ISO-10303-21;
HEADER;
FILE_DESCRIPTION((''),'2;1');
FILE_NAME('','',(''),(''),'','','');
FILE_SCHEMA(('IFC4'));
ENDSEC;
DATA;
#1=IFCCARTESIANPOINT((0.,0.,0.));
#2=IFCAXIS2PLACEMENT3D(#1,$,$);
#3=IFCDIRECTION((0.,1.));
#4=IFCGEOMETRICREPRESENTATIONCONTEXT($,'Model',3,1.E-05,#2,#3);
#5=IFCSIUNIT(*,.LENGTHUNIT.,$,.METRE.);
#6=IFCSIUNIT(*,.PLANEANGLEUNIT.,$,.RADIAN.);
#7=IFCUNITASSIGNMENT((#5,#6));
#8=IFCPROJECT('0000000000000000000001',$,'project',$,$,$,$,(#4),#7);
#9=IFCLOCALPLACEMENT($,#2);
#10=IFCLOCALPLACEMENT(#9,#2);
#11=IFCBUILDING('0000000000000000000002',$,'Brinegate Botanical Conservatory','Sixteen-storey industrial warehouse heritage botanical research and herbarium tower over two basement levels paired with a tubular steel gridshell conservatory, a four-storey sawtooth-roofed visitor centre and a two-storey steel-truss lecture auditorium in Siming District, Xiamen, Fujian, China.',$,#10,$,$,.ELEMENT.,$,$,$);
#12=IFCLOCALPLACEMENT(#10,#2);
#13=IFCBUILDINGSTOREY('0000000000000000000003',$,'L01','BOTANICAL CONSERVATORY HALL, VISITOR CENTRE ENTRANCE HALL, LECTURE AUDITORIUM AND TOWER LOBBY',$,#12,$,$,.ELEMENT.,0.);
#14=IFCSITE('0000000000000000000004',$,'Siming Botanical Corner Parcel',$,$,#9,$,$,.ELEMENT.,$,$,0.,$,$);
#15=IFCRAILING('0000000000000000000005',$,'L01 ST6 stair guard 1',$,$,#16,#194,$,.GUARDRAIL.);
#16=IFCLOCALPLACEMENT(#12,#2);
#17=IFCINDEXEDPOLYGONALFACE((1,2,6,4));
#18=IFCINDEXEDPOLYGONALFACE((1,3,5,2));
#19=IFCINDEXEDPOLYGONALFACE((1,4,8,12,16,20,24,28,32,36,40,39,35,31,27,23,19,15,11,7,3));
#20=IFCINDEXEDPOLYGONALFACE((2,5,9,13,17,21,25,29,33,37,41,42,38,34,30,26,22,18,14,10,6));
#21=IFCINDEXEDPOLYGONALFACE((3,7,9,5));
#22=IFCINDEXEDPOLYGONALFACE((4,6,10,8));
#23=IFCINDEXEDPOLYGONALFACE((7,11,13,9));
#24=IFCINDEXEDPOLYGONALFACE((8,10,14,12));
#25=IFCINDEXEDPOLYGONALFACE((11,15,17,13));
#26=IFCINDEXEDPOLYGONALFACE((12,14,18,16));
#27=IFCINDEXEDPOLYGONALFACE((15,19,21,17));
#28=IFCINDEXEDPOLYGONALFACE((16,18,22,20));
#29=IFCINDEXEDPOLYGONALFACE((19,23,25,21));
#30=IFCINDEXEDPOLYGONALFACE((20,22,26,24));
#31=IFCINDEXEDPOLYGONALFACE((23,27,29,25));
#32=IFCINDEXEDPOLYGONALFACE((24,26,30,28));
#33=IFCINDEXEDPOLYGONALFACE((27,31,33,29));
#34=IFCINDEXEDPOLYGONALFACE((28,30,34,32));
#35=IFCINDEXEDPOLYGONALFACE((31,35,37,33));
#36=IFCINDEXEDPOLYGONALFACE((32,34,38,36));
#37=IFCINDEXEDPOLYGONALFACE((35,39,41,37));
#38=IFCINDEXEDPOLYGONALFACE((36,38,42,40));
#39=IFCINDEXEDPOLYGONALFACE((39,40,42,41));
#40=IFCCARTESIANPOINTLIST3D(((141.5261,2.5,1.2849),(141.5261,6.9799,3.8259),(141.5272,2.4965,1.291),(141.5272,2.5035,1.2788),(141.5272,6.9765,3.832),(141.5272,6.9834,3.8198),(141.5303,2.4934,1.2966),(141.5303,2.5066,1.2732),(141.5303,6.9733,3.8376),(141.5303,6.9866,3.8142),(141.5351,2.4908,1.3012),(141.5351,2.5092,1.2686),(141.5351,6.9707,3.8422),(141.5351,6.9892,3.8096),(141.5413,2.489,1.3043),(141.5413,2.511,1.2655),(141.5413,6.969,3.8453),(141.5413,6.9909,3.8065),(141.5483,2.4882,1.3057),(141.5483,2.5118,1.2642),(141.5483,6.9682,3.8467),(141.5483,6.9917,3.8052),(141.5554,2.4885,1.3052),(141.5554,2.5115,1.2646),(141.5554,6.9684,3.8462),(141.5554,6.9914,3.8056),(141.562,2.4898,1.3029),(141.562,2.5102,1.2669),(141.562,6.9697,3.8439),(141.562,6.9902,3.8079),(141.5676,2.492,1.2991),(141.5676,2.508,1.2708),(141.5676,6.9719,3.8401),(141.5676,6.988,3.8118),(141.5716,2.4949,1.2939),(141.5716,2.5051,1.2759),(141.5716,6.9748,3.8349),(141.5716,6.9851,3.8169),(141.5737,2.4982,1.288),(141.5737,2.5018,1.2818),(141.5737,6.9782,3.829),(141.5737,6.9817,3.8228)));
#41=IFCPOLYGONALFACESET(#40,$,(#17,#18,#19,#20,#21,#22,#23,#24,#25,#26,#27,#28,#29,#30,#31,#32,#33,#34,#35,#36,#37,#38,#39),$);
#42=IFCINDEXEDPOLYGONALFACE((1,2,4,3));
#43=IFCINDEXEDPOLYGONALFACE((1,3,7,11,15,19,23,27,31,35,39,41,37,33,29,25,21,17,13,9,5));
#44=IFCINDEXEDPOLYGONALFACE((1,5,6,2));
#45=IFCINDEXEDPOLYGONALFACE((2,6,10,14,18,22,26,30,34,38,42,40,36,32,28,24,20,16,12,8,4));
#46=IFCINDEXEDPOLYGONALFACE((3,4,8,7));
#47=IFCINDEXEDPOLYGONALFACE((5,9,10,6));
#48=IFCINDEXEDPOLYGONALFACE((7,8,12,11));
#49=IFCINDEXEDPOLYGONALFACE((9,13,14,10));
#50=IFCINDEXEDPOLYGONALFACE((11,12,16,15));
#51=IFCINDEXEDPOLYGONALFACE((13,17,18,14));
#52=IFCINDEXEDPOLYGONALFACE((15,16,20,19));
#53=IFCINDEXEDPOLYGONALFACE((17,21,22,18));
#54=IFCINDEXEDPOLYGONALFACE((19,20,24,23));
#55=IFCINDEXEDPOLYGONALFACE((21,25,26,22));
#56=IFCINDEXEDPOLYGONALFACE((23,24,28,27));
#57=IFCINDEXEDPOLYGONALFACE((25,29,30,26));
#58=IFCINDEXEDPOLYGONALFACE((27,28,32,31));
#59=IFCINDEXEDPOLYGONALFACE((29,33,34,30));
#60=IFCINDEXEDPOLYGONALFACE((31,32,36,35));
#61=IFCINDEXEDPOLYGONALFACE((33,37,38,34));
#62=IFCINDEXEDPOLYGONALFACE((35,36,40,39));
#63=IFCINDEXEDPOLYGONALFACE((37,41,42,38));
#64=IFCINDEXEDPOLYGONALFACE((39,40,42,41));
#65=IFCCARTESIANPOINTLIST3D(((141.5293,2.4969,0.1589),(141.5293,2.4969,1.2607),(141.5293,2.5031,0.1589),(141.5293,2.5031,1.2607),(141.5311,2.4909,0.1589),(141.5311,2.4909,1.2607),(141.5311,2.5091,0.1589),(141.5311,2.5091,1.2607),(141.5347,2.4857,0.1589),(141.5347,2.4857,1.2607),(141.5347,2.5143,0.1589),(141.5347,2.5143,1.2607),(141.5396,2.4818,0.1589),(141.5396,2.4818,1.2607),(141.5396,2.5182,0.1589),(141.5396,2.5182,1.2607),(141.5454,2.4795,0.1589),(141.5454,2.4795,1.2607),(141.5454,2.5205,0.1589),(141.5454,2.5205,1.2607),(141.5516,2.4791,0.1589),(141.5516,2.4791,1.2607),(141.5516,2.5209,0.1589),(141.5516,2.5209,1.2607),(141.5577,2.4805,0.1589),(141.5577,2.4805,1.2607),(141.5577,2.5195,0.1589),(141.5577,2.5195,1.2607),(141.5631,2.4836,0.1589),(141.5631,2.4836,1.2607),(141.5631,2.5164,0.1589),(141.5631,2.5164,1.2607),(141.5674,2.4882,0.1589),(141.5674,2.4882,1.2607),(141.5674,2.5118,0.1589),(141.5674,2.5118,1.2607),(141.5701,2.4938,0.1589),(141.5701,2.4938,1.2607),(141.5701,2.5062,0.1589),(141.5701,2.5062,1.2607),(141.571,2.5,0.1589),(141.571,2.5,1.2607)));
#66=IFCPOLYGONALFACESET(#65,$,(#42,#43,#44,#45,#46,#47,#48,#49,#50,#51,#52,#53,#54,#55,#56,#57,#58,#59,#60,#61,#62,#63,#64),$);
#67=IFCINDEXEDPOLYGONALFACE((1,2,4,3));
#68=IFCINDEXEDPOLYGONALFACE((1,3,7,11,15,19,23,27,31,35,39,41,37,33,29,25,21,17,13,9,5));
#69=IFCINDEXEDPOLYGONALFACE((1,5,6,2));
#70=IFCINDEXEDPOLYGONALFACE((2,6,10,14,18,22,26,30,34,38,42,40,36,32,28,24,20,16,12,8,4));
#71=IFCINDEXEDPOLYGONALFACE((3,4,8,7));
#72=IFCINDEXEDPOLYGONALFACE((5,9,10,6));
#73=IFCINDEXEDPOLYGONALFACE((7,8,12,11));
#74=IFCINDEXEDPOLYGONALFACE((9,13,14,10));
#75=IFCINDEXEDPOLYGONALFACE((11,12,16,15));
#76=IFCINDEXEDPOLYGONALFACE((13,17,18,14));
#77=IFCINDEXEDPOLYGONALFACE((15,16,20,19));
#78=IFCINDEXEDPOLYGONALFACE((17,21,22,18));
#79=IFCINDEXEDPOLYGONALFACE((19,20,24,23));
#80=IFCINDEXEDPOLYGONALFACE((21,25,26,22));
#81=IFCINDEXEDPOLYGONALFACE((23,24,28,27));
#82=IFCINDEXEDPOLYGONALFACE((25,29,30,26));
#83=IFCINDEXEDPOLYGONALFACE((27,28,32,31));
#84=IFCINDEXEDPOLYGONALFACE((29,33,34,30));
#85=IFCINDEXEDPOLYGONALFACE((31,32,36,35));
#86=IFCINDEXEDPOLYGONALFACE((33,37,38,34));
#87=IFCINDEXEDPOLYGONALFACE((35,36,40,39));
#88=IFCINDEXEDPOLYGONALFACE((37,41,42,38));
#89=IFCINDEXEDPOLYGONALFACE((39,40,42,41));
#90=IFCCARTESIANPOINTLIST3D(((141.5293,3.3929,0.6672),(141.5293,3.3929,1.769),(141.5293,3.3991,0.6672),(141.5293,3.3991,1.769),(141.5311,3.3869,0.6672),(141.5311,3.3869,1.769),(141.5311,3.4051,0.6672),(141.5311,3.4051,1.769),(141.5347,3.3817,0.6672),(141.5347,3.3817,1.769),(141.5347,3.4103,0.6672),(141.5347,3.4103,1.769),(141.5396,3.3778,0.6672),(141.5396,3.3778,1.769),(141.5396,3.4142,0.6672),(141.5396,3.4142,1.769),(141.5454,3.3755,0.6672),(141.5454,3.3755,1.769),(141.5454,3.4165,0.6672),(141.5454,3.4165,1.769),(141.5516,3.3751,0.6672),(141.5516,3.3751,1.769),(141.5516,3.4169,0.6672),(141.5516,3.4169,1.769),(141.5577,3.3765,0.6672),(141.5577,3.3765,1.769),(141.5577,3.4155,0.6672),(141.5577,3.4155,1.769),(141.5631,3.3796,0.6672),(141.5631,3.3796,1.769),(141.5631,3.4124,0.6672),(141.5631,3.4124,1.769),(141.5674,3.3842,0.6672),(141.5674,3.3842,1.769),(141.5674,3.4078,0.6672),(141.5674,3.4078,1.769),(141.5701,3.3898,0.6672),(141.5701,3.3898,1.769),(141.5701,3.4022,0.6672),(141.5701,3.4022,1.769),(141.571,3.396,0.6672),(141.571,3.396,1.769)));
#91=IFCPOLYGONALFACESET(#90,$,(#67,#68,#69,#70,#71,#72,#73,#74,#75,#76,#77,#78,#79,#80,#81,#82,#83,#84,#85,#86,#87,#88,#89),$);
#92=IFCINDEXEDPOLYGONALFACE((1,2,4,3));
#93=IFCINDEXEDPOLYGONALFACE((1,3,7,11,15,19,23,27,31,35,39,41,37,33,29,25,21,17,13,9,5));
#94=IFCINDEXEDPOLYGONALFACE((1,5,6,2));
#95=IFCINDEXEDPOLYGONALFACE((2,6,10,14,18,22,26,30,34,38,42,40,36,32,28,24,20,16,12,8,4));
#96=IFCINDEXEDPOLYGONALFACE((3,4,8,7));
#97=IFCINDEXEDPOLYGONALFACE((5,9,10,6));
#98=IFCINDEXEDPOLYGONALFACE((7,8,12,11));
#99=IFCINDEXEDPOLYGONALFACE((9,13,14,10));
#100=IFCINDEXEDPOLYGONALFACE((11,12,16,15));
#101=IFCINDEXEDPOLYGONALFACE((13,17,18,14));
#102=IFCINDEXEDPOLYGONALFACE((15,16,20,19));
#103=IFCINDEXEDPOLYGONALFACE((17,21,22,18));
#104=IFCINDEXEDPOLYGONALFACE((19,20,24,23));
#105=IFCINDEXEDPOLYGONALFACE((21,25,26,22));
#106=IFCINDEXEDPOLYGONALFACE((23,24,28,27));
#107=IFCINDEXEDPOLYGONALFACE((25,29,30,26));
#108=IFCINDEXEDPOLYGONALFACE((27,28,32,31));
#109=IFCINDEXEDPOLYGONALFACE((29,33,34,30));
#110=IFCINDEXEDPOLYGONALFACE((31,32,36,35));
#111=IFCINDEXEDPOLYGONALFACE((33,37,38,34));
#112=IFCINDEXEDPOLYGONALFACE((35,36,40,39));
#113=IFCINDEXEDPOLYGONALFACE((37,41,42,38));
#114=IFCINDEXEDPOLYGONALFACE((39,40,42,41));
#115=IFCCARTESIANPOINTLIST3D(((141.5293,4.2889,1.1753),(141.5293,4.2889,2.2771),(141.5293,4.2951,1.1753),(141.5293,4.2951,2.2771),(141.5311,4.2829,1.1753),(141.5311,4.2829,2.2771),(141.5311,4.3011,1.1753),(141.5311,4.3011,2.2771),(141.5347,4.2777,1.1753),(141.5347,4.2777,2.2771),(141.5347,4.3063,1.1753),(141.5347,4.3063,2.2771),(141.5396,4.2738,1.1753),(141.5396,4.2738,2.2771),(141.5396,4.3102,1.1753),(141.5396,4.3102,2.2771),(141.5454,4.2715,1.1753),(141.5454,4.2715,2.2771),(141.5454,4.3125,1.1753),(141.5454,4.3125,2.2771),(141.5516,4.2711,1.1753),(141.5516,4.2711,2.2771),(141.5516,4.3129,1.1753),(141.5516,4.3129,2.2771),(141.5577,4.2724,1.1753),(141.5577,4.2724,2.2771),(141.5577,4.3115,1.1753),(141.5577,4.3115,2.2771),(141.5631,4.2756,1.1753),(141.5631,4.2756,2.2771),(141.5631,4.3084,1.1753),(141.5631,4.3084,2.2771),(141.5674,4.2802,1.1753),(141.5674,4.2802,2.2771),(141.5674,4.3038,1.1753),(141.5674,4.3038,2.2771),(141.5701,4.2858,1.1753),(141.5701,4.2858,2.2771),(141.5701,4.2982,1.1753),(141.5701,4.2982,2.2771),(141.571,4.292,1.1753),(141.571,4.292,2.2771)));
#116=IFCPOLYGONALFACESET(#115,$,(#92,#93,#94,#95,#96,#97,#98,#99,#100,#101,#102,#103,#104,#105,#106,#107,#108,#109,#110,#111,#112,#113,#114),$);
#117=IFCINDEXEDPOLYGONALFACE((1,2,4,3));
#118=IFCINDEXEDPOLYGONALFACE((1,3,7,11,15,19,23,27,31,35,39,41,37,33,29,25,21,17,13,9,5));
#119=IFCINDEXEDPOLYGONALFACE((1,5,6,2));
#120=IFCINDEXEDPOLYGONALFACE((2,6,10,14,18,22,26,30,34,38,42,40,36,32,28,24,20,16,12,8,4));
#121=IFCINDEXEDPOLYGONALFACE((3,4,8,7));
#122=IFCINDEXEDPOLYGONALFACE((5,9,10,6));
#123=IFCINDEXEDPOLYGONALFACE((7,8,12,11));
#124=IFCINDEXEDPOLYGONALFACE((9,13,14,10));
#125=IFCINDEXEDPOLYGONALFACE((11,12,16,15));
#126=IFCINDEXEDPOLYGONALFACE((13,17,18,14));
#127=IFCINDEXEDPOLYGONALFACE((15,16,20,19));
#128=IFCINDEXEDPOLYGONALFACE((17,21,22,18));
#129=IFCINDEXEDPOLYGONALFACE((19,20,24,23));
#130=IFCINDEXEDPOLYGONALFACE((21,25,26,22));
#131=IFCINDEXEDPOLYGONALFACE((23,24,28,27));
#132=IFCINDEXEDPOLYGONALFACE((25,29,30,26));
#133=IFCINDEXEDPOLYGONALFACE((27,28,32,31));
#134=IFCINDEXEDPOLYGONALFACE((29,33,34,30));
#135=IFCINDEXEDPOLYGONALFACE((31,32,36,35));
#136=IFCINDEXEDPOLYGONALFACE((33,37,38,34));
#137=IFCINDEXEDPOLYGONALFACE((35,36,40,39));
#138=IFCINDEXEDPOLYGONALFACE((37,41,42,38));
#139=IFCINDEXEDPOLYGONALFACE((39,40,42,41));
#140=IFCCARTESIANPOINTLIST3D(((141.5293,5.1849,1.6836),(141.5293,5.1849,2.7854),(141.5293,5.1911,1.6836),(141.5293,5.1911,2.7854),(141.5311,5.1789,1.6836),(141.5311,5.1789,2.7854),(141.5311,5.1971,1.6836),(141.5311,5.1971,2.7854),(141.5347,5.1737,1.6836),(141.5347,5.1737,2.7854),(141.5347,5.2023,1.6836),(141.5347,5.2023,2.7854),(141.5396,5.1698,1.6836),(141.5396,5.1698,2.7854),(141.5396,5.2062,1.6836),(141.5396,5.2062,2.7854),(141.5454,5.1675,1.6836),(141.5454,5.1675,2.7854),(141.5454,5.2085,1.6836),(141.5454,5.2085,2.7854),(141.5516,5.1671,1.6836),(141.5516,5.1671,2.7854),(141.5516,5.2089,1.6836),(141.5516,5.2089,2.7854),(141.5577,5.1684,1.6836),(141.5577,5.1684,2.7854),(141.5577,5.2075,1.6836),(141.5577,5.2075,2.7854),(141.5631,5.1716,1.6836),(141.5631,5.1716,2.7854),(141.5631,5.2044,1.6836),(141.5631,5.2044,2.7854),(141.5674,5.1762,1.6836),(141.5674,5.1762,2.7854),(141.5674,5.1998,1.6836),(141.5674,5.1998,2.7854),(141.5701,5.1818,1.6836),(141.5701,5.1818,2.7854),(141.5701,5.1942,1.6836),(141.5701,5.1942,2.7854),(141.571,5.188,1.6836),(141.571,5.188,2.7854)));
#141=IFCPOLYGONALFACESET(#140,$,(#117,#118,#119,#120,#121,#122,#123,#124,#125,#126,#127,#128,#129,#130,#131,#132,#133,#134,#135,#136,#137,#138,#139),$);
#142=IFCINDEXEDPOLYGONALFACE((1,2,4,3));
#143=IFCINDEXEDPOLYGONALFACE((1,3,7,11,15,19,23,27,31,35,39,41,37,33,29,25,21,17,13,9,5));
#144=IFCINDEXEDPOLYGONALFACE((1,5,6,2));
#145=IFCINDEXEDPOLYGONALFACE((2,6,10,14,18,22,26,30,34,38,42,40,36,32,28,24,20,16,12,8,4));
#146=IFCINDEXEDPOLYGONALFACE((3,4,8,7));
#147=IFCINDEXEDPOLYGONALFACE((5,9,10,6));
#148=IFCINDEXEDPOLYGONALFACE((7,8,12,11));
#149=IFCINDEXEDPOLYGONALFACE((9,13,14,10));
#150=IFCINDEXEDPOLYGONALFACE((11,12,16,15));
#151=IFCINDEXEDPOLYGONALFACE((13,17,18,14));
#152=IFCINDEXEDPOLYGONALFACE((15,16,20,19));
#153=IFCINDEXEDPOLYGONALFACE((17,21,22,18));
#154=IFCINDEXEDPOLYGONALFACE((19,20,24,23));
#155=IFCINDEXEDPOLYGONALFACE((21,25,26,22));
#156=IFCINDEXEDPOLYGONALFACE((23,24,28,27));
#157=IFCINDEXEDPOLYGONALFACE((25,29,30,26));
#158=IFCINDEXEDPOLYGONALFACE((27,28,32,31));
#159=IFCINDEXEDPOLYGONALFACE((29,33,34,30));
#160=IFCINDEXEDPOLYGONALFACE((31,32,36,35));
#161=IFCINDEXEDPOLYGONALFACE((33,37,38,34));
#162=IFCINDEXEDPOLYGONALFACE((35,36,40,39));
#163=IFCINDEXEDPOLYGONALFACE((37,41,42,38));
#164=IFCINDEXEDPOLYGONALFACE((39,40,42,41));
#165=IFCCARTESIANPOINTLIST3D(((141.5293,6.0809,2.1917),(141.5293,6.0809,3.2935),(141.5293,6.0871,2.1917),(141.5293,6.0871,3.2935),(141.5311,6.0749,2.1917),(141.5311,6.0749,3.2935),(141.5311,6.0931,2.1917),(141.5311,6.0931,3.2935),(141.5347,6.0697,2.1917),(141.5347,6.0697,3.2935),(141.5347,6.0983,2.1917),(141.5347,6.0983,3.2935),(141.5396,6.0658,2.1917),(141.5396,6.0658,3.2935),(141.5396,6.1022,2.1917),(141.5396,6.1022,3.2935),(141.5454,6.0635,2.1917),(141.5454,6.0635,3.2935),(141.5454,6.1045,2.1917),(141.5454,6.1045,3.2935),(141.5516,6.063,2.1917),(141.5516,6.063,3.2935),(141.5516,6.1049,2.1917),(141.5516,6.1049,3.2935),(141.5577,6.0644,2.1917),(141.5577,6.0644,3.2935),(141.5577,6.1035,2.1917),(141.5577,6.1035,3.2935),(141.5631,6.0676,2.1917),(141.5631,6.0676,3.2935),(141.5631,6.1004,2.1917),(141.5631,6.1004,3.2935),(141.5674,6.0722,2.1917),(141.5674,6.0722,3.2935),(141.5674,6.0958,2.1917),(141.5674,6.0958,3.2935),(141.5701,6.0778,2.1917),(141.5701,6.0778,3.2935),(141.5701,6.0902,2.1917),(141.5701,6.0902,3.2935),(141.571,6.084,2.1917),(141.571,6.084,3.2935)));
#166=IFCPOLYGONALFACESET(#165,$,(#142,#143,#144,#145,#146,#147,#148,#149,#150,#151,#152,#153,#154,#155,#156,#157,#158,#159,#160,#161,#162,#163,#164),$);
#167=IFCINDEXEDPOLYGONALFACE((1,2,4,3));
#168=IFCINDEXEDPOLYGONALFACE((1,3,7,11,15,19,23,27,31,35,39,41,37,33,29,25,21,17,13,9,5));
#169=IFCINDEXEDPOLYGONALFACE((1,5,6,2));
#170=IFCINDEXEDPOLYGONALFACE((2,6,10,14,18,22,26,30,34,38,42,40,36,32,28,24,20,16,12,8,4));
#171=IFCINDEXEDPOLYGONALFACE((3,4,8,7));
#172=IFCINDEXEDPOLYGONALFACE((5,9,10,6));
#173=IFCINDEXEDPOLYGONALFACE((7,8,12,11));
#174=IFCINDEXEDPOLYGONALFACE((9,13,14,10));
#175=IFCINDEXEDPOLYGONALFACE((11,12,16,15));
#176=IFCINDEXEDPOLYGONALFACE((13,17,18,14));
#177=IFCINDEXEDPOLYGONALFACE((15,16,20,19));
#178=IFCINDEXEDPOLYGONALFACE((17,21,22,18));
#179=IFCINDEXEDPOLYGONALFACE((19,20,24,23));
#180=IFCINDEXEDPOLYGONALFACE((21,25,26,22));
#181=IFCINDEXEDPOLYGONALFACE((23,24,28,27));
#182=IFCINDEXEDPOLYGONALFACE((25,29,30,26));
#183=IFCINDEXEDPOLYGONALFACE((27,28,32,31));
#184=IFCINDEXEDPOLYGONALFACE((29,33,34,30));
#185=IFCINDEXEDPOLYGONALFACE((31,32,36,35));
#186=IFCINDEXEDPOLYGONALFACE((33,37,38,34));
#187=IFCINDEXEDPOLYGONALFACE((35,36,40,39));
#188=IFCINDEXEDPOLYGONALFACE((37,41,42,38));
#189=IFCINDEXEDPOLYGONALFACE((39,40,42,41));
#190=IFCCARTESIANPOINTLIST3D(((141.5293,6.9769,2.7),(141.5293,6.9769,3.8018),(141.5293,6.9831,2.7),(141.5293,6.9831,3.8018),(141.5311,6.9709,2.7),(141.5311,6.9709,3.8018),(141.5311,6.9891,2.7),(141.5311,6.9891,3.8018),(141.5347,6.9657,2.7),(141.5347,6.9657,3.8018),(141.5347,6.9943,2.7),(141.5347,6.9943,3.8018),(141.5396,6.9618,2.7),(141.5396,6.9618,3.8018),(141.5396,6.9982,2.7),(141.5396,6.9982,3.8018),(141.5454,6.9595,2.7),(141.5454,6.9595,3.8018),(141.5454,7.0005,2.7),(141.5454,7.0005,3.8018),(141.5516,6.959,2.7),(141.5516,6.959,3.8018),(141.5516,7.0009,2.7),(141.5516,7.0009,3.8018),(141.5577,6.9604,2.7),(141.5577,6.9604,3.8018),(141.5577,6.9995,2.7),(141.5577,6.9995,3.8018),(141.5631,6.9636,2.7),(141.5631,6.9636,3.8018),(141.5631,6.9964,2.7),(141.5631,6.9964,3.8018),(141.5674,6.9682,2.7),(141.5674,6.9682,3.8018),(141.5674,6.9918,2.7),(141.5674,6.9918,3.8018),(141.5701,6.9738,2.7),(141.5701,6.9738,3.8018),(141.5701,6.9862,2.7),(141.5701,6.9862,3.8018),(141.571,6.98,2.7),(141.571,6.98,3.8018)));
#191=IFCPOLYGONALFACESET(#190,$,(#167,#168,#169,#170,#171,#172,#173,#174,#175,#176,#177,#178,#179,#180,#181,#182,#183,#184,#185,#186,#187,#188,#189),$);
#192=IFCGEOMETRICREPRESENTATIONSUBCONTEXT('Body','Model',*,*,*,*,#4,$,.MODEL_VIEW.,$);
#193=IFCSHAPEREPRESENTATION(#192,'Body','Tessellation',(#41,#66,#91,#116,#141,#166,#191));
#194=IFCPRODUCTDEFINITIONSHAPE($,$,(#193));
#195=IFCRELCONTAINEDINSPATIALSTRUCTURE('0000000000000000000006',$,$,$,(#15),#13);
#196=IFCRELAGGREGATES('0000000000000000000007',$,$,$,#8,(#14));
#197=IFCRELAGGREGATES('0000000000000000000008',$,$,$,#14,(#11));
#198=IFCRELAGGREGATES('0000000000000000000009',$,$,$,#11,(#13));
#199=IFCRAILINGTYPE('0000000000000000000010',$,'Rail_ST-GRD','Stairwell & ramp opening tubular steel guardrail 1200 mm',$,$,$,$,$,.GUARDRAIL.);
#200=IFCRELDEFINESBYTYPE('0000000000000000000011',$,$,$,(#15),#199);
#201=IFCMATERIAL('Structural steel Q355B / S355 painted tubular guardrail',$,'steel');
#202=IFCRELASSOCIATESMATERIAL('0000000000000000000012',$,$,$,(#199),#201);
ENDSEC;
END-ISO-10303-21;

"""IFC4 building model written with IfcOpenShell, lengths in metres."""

from ifc_helpers import new_model, si_unit, direction, frame, origin, origin_2d, place, context, subcontext, project, spatial, circle, extrude, material, type_object, element, save


model = new_model("IFC4")

# Units and contexts
model_context = context("Model", 3, precision=1e-05, world=origin(), true_north=direction((0.0, 1.0)))
body_context = subcontext(model_context, "Body", "Model", "MODEL_VIEW")
ifc_project = project(units=[si_unit("LENGTHUNIT", "METRE"), si_unit("PLANEANGLEUNIT", "RADIAN")], contexts=[model_context])

# Site, building, storey
site_placement = place(None, origin())
site = spatial("IfcSite", under=ifc_project, at=site_placement, Name="Siming Botanical Corner Parcel", CompositionType="ELEMENT", RefElevation=0.0)
building_placement = place(site_placement, origin())
building = spatial("IfcBuilding", under=site, at=building_placement, Name="Brinegate Botanical Conservatory", Description="Sixteen-storey industrial warehouse heritage botanical research and herbarium tower over two basement levels paired with a tubular steel gridshell conservatory, a four-storey sawtooth-roofed visitor centre and a two-storey steel-truss lecture auditorium in Siming District, Xiamen, Fujian, China.", CompositionType="ELEMENT")
storey_placement = place(building_placement, origin())
storey = spatial("IfcBuildingStorey", under=building, at=storey_placement, Name="L01", Description="BOTANICAL CONSERVATORY HALL, VISITOR CENTRE ENTRANCE HALL, LECTURE AUDITORIUM AND TOWER LOBBY", CompositionType="ELEMENT", Elevation=0.0)

# Railing
ifc_material_1 = material(Name="Structural steel Q355B / S355 painted tubular guardrail", Category="steel")
railing_type_1 = type_object("IfcRailingType", Name="Rail_ST-GRD", Description="Stairwell & ramp opening tubular steel guardrail 1200 mm", PredefinedType="GUARDRAIL", material=ifc_material_1)
railing_1_placement = place(storey_placement, frame((141.55, 2.5, 0.1589)))
element("IfcRailing", 1, at=railing_1_placement, inside=storey, type_object=railing_type_1, Name="L01 ST6 stair guard 1", PredefinedType="GUARDRAIL", context=body_context, shape_type="SweptSolid", body=[
    extrude(circle(Radius=0.0239, at=origin_2d()), frame((0.0, 0.0, 1.126), z_axis=(0.0, 0.869826, 0.493359), x_axis=(-1.0, 0.0, 0.0)), (0.0, 0.0, 1.0), 5.1504),
    extrude(circle(Radius=0.021, at=origin_2d()), origin(), (0.0, 0.0, 1.0), 1.1018),
    extrude(circle(Radius=0.021, at=origin_2d()), frame((0.0, 0.896, 0.5083)), (0.0, 0.0, 1.0), 1.1018),
    extrude(circle(Radius=0.021, at=origin_2d()), frame((0.0, 1.792, 1.0164)), (0.0, 0.0, 1.0), 1.1018),
    extrude(circle(Radius=0.021, at=origin_2d()), frame((0.0, 2.688, 1.5247)), (0.0, 0.0, 1.0), 1.1018),
    extrude(circle(Radius=0.021, at=origin_2d()), frame((0.0, 3.584, 2.0327)), (0.0, 0.0, 1.0), 1.1018),
    extrude(circle(Radius=0.021, at=origin_2d()), frame((0.0, 4.48, 2.541)), (0.0, 0.0, 1.0), 1.1018),
])

save(model, "model.ifc")
